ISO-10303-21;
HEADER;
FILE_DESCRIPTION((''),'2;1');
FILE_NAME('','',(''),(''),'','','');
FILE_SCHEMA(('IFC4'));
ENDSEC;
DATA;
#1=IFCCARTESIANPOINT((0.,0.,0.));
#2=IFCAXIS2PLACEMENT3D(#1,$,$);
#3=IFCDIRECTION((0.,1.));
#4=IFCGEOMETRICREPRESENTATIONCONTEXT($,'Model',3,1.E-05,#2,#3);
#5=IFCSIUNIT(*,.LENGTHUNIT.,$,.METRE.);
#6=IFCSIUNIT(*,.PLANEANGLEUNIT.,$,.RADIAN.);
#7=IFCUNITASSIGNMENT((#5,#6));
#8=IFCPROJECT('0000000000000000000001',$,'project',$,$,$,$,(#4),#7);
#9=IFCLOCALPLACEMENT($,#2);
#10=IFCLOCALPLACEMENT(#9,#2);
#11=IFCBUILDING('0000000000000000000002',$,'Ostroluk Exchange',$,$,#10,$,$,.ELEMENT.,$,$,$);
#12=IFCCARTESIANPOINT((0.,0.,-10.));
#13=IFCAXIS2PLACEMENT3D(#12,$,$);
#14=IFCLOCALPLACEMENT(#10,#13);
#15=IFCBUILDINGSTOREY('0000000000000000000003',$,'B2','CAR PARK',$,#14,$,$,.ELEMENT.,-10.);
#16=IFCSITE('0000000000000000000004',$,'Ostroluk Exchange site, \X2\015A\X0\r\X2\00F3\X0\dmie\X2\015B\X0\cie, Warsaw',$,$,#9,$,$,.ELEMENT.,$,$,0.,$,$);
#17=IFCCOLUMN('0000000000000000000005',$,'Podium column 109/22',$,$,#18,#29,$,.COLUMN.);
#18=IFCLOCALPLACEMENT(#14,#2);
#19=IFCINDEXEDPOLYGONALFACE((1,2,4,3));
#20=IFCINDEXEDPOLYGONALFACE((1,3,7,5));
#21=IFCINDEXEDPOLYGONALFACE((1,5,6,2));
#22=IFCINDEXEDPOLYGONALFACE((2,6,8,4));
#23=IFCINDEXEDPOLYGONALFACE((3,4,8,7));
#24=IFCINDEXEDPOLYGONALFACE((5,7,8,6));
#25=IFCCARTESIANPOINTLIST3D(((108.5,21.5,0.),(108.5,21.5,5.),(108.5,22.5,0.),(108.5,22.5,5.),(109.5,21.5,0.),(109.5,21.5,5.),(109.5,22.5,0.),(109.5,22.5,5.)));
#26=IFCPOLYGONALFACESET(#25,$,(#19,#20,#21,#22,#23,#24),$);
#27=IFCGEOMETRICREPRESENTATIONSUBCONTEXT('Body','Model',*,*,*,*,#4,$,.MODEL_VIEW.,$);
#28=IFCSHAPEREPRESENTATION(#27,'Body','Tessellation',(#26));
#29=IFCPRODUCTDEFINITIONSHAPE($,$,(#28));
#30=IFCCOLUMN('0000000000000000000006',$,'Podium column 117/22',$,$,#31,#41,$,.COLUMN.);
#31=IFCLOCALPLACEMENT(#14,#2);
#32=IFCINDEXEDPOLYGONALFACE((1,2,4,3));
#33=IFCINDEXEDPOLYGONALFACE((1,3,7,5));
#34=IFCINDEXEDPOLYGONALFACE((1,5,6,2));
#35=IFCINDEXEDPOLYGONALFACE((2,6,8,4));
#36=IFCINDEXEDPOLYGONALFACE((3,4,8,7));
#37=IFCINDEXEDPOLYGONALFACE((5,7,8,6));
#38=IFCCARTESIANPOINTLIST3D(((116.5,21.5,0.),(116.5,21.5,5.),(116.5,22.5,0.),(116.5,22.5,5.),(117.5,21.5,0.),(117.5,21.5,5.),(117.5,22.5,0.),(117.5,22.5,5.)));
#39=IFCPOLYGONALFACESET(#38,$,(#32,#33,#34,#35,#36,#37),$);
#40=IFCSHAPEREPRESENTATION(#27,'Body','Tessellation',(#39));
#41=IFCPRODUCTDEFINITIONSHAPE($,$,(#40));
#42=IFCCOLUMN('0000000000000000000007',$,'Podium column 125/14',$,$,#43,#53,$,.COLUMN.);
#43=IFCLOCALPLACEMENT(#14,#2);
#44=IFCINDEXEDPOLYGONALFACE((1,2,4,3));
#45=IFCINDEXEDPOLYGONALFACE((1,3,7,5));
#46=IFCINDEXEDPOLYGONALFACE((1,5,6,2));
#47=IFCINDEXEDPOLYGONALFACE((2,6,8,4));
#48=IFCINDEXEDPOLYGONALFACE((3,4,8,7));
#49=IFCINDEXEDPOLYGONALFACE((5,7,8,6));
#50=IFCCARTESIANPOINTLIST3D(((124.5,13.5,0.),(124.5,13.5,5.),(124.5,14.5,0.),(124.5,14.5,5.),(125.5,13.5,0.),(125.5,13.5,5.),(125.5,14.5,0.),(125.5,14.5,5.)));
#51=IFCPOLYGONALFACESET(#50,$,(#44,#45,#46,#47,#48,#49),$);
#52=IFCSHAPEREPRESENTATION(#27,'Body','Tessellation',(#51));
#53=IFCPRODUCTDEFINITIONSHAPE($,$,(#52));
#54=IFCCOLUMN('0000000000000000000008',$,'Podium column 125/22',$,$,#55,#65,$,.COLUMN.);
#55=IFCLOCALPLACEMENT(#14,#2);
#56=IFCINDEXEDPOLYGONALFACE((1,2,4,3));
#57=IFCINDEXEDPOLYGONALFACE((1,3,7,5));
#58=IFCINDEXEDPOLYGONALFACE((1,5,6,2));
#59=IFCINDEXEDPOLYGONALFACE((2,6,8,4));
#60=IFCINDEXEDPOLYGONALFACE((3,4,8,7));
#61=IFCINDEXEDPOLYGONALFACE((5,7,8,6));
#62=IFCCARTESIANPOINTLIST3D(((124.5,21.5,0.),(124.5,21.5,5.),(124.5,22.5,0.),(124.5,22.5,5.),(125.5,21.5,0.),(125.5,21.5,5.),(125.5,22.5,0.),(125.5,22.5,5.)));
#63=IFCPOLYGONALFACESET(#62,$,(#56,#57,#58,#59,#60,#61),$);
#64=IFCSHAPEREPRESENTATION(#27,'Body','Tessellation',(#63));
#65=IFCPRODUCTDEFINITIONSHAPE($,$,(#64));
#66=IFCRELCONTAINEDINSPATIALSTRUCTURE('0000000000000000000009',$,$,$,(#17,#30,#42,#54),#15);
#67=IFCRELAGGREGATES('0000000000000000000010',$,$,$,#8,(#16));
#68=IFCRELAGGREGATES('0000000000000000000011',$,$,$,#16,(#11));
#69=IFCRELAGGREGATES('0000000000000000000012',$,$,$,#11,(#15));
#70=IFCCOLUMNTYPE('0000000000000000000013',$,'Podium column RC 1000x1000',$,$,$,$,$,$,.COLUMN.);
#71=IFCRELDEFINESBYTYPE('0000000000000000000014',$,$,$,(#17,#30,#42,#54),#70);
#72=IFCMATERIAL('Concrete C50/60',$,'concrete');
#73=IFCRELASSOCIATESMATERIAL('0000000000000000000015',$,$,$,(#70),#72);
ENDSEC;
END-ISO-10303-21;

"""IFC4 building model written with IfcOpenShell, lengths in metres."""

from ifc_helpers import new_model, si_unit, direction, frame, origin, origin_2d, place, context, subcontext, project, spatial, rectangle, extrude, material, material_profile, profile_set, type_object, element, save


model = new_model("IFC4")

# Units and contexts
model_context = context("Model", 3, precision=1e-05, world=origin(), true_north=direction((0.0, 1.0)))
body_context = subcontext(model_context, "Body", "Model", "MODEL_VIEW")
ifc_project = project(units=[si_unit("LENGTHUNIT", "METRE"), si_unit("PLANEANGLEUNIT", "RADIAN")], contexts=[model_context])

# Site, building, storey
site_placement = place(None, origin())
site = spatial("IfcSite", under=ifc_project, at=site_placement, Name="Ostroluk Exchange site, Śródmieście, Warsaw", CompositionType="ELEMENT", RefElevation=0.0)
building_placement = place(site_placement, origin())
building = spatial("IfcBuilding", under=site, at=building_placement, Name="Ostroluk Exchange", CompositionType="ELEMENT")
storey_placement = place(building_placement, frame((0.0, 0.0, -10.0)))
storey = spatial("IfcBuildingStorey", under=building, at=storey_placement, Name="B2", Description="CAR PARK", CompositionType="ELEMENT", Elevation=-10.0)

# Columns
ifc_material_1 = material(Name="Concrete C50/60", Category="concrete")
ifc_material_profile = material_profile(ifc_material_1, rectangle(XDim=1.0, YDim=1.0, at=origin_2d()), Name="RC 1000x1000")
ifc_profile_set = profile_set([ifc_material_profile], Name="Concrete C50/60")
column_type = type_object("IfcColumnType", Name="Podium column RC 1000x1000", PredefinedType="COLUMN", material=ifc_profile_set)
for number, where, z_axis, x_axis, name in (
    (1, (109.0, 22.0, 0.0), (0.0, 0.0, 1.0), (1.0, 0.0, 0.0), "Podium column 109/22"),
    (2, (117.0, 22.0, 0.0), (0.0, 0.0, 1.0), (1.0, 0.0, 0.0), "Podium column 117/22"),
    (3, (125.0, 14.0, 0.0), (0.0, 0.0, 1.0), (1.0, 0.0, 0.0), "Podium column 125/14"),
    (4, (125.0, 22.0, 0.0), (0.0, 0.0, 1.0), (1.0, 0.0, 0.0), "Podium column 125/22"),
):
    element("IfcColumn", number, at=place(storey_placement, frame(where, z_axis=z_axis, x_axis=x_axis)), inside=storey, type_object=column_type, Name=name, PredefinedType="COLUMN", context=body_context, shape_type="SweptSolid", body=[
        extrude(rectangle(XDim=1.0, YDim=1.0, at=origin_2d()), origin(), (0.0, 0.0, 1.0), 5.0),
    ])

save(model, "model.ifc")
